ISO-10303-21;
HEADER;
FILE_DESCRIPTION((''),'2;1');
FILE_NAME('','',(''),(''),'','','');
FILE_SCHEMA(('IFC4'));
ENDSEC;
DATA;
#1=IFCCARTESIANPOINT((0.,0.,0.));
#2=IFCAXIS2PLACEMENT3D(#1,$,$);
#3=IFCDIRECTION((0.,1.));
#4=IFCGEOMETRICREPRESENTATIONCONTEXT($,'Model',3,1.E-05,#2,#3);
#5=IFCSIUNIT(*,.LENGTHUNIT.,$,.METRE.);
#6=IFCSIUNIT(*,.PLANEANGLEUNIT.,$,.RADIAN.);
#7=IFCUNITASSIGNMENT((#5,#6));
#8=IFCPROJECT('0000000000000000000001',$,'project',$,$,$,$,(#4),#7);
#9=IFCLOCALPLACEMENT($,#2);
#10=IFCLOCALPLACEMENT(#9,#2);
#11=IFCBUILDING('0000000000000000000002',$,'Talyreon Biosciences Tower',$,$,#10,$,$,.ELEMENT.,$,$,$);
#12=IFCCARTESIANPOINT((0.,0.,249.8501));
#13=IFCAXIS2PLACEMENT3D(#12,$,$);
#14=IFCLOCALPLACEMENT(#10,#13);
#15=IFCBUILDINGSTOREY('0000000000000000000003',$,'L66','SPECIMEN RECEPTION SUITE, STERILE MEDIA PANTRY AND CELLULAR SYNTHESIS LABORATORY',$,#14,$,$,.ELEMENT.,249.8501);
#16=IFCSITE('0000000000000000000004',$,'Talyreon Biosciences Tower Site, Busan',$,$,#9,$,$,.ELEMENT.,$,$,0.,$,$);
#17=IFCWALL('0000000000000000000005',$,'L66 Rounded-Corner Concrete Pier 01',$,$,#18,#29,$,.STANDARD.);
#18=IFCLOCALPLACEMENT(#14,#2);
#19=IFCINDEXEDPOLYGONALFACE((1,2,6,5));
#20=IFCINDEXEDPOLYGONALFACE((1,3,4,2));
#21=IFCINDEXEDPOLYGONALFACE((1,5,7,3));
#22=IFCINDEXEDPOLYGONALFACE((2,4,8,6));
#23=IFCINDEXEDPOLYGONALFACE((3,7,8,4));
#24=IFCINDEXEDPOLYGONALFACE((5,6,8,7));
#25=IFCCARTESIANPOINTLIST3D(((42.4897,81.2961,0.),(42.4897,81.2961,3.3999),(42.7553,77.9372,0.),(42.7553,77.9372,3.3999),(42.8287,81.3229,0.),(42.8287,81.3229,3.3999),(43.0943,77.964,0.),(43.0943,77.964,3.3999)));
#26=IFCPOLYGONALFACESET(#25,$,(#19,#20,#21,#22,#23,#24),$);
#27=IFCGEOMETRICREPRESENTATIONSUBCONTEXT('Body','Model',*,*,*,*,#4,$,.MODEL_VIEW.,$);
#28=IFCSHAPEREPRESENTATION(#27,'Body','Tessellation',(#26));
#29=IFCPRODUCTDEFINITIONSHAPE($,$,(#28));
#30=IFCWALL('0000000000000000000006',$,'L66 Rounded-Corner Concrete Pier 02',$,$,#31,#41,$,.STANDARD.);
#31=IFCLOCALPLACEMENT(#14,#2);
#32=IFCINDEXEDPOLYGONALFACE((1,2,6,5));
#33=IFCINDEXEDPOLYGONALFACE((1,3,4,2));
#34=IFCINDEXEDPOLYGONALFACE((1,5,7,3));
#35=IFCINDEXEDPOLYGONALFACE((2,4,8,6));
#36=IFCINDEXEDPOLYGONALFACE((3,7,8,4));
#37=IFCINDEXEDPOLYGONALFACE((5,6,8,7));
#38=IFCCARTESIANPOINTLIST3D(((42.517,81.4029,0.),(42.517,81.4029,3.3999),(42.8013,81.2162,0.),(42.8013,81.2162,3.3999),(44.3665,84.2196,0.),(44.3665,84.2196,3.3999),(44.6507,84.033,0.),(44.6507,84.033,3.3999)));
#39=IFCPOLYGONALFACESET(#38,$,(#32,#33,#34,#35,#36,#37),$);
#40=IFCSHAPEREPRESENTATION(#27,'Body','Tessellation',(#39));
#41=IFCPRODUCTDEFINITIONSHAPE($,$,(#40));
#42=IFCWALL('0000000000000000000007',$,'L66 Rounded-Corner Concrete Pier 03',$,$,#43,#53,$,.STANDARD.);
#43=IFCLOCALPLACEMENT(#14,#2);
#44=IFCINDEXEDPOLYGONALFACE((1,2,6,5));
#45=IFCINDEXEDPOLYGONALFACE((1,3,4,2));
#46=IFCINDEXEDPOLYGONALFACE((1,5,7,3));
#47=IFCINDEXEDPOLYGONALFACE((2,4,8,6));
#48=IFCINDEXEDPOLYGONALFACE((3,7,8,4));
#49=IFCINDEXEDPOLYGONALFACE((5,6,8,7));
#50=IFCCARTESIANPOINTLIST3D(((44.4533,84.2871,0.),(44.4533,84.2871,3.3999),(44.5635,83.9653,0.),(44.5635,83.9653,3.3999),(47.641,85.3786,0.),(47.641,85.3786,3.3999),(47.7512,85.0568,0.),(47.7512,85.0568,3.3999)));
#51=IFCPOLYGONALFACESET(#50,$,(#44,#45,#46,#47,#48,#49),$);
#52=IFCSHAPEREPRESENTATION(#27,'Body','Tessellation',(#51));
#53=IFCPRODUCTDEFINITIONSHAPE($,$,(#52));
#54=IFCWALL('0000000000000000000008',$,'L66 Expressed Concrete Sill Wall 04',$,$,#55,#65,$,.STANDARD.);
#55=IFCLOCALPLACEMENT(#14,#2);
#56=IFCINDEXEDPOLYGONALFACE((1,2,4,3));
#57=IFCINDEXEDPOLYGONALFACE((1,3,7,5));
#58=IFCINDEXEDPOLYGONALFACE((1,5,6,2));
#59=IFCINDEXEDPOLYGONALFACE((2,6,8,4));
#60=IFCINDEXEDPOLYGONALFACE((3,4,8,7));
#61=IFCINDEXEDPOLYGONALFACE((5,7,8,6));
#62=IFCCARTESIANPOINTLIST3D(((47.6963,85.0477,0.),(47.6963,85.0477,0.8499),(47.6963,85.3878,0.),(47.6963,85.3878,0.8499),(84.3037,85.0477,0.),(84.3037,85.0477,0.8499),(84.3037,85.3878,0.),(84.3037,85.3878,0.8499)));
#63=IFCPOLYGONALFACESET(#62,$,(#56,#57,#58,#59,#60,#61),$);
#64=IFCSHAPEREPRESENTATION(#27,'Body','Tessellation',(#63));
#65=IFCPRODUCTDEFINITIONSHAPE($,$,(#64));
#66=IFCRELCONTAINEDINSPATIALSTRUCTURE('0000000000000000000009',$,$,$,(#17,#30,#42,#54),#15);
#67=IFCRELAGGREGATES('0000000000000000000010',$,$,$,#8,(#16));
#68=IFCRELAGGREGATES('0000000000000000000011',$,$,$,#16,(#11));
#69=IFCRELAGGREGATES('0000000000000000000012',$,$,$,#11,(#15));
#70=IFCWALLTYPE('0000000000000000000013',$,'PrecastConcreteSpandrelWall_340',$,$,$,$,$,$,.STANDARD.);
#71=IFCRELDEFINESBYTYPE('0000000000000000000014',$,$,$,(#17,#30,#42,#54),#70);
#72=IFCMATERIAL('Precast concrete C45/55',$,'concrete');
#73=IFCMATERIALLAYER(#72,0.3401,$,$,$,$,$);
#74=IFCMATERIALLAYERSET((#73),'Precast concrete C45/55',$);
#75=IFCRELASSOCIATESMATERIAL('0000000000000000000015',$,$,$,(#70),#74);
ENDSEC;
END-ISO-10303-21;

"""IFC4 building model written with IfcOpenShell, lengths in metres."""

from ifc_helpers import new_model, si_unit, direction, frame, frame_2d, origin, place, context, subcontext, project, spatial, rectangle, extrude, material, layer, layer_set, type_object, element, save


model = new_model("IFC4")

# Units and contexts
model_context = context("Model", 3, precision=1e-05, world=origin(), true_north=direction((0.0, 1.0)))
body_context = subcontext(model_context, "Body", "Model", "MODEL_VIEW")
ifc_project = project(units=[si_unit("LENGTHUNIT", "METRE"), si_unit("PLANEANGLEUNIT", "RADIAN")], contexts=[model_context])

# Site, building, storey
site_placement = place(None, origin())
site = spatial("IfcSite", under=ifc_project, at=site_placement, Name="Talyreon Biosciences Tower Site, Busan", CompositionType="ELEMENT", RefElevation=0.0)
building_placement = place(site_placement, origin())
building = spatial("IfcBuilding", under=site, at=building_placement, Name="Talyreon Biosciences Tower", CompositionType="ELEMENT")
storey_placement = place(building_placement, frame((0.0, 0.0, 249.8501)))
storey = spatial("IfcBuildingStorey", under=building, at=storey_placement, Name="L66", Description="SPECIMEN RECEPTION SUITE, STERILE MEDIA PANTRY AND CELLULAR SYNTHESIS LABORATORY", CompositionType="ELEMENT", Elevation=249.8501)

# Shared definitions
ifc_material_1 = material(Name="Precast concrete C45/55", Category="concrete")

# Walls
ifc_layer_1 = layer(ifc_material_1, 0.3401)
ifc_layer_set_1 = layer_set([ifc_layer_1], Name="Precast concrete C45/55")
wall_type_1 = type_object("IfcWallType", Name="PrecastConcreteSpandrelWall_340", PredefinedType="STANDARD", material=ifc_layer_set_1)
wall_1_placement = place(storey_placement, frame((42.9248, 77.9507, 0.0), z_axis=(0.0, 0.0, 1.0), x_axis=(-0.078835, 0.996888, 0.0)))
element("IfcWall", 1, at=wall_1_placement, inside=storey, type_object=wall_type_1, Name="L66 Rounded-Corner Concrete Pier 01", PredefinedType="STANDARD", context=body_context, shape_type="SweptSolid", body=[
    extrude(rectangle(XDim=3.3694, YDim=0.3401, at=frame_2d((1.6846, 0.0))), origin(), (0.0, 0.0, 1.0), 3.3999),
])
wall_2_placement = place(storey_placement, frame((42.6592, 81.3096, 0.0), z_axis=(0.0, 0.0, 1.0), x_axis=(0.548851, 0.83592, 0.0)))
element("IfcWall", 2, at=wall_2_placement, inside=storey, type_object=wall_type_1, Name="L66 Rounded-Corner Concrete Pier 02", PredefinedType="STANDARD", context=body_context, shape_type="SweptSolid", body=[
    extrude(rectangle(XDim=3.3696, YDim=0.3401, at=frame_2d((1.6848, 0.0))), origin(), (0.0, 0.0, 1.0), 3.3999),
])
wall_3_placement = place(storey_placement, frame((44.5085, 84.1262, 0.0), z_axis=(0.0, 0.0, 1.0), x_axis=(0.946072, 0.323956, 0.0)))
element("IfcWall", 3, at=wall_3_placement, inside=storey, type_object=wall_type_1, Name="L66 Rounded-Corner Concrete Pier 03", PredefinedType="STANDARD", context=body_context, shape_type="SweptSolid", body=[
    extrude(rectangle(XDim=3.3694, YDim=0.3401, at=frame_2d((1.6846, 0.0))), origin(), (0.0, 0.0, 1.0), 3.3999),
])
wall_4_placement = place(storey_placement, frame((47.6963, 85.2178, 0.0), z_axis=(0.0, 0.0, 1.0), x_axis=(1.0, 0.0, 0.0)))
element("IfcWall", 4, at=wall_4_placement, inside=storey, type_object=wall_type_1, Name="L66 Expressed Concrete Sill Wall 04", PredefinedType="STANDARD", context=body_context, shape_type="SweptSolid", body=[
    extrude(rectangle(XDim=36.6074, YDim=0.3401, at=frame_2d((18.3037, 0.0))), origin(), (0.0, 0.0, 1.0), 0.8499),
])

save(model, "model.ifc")
